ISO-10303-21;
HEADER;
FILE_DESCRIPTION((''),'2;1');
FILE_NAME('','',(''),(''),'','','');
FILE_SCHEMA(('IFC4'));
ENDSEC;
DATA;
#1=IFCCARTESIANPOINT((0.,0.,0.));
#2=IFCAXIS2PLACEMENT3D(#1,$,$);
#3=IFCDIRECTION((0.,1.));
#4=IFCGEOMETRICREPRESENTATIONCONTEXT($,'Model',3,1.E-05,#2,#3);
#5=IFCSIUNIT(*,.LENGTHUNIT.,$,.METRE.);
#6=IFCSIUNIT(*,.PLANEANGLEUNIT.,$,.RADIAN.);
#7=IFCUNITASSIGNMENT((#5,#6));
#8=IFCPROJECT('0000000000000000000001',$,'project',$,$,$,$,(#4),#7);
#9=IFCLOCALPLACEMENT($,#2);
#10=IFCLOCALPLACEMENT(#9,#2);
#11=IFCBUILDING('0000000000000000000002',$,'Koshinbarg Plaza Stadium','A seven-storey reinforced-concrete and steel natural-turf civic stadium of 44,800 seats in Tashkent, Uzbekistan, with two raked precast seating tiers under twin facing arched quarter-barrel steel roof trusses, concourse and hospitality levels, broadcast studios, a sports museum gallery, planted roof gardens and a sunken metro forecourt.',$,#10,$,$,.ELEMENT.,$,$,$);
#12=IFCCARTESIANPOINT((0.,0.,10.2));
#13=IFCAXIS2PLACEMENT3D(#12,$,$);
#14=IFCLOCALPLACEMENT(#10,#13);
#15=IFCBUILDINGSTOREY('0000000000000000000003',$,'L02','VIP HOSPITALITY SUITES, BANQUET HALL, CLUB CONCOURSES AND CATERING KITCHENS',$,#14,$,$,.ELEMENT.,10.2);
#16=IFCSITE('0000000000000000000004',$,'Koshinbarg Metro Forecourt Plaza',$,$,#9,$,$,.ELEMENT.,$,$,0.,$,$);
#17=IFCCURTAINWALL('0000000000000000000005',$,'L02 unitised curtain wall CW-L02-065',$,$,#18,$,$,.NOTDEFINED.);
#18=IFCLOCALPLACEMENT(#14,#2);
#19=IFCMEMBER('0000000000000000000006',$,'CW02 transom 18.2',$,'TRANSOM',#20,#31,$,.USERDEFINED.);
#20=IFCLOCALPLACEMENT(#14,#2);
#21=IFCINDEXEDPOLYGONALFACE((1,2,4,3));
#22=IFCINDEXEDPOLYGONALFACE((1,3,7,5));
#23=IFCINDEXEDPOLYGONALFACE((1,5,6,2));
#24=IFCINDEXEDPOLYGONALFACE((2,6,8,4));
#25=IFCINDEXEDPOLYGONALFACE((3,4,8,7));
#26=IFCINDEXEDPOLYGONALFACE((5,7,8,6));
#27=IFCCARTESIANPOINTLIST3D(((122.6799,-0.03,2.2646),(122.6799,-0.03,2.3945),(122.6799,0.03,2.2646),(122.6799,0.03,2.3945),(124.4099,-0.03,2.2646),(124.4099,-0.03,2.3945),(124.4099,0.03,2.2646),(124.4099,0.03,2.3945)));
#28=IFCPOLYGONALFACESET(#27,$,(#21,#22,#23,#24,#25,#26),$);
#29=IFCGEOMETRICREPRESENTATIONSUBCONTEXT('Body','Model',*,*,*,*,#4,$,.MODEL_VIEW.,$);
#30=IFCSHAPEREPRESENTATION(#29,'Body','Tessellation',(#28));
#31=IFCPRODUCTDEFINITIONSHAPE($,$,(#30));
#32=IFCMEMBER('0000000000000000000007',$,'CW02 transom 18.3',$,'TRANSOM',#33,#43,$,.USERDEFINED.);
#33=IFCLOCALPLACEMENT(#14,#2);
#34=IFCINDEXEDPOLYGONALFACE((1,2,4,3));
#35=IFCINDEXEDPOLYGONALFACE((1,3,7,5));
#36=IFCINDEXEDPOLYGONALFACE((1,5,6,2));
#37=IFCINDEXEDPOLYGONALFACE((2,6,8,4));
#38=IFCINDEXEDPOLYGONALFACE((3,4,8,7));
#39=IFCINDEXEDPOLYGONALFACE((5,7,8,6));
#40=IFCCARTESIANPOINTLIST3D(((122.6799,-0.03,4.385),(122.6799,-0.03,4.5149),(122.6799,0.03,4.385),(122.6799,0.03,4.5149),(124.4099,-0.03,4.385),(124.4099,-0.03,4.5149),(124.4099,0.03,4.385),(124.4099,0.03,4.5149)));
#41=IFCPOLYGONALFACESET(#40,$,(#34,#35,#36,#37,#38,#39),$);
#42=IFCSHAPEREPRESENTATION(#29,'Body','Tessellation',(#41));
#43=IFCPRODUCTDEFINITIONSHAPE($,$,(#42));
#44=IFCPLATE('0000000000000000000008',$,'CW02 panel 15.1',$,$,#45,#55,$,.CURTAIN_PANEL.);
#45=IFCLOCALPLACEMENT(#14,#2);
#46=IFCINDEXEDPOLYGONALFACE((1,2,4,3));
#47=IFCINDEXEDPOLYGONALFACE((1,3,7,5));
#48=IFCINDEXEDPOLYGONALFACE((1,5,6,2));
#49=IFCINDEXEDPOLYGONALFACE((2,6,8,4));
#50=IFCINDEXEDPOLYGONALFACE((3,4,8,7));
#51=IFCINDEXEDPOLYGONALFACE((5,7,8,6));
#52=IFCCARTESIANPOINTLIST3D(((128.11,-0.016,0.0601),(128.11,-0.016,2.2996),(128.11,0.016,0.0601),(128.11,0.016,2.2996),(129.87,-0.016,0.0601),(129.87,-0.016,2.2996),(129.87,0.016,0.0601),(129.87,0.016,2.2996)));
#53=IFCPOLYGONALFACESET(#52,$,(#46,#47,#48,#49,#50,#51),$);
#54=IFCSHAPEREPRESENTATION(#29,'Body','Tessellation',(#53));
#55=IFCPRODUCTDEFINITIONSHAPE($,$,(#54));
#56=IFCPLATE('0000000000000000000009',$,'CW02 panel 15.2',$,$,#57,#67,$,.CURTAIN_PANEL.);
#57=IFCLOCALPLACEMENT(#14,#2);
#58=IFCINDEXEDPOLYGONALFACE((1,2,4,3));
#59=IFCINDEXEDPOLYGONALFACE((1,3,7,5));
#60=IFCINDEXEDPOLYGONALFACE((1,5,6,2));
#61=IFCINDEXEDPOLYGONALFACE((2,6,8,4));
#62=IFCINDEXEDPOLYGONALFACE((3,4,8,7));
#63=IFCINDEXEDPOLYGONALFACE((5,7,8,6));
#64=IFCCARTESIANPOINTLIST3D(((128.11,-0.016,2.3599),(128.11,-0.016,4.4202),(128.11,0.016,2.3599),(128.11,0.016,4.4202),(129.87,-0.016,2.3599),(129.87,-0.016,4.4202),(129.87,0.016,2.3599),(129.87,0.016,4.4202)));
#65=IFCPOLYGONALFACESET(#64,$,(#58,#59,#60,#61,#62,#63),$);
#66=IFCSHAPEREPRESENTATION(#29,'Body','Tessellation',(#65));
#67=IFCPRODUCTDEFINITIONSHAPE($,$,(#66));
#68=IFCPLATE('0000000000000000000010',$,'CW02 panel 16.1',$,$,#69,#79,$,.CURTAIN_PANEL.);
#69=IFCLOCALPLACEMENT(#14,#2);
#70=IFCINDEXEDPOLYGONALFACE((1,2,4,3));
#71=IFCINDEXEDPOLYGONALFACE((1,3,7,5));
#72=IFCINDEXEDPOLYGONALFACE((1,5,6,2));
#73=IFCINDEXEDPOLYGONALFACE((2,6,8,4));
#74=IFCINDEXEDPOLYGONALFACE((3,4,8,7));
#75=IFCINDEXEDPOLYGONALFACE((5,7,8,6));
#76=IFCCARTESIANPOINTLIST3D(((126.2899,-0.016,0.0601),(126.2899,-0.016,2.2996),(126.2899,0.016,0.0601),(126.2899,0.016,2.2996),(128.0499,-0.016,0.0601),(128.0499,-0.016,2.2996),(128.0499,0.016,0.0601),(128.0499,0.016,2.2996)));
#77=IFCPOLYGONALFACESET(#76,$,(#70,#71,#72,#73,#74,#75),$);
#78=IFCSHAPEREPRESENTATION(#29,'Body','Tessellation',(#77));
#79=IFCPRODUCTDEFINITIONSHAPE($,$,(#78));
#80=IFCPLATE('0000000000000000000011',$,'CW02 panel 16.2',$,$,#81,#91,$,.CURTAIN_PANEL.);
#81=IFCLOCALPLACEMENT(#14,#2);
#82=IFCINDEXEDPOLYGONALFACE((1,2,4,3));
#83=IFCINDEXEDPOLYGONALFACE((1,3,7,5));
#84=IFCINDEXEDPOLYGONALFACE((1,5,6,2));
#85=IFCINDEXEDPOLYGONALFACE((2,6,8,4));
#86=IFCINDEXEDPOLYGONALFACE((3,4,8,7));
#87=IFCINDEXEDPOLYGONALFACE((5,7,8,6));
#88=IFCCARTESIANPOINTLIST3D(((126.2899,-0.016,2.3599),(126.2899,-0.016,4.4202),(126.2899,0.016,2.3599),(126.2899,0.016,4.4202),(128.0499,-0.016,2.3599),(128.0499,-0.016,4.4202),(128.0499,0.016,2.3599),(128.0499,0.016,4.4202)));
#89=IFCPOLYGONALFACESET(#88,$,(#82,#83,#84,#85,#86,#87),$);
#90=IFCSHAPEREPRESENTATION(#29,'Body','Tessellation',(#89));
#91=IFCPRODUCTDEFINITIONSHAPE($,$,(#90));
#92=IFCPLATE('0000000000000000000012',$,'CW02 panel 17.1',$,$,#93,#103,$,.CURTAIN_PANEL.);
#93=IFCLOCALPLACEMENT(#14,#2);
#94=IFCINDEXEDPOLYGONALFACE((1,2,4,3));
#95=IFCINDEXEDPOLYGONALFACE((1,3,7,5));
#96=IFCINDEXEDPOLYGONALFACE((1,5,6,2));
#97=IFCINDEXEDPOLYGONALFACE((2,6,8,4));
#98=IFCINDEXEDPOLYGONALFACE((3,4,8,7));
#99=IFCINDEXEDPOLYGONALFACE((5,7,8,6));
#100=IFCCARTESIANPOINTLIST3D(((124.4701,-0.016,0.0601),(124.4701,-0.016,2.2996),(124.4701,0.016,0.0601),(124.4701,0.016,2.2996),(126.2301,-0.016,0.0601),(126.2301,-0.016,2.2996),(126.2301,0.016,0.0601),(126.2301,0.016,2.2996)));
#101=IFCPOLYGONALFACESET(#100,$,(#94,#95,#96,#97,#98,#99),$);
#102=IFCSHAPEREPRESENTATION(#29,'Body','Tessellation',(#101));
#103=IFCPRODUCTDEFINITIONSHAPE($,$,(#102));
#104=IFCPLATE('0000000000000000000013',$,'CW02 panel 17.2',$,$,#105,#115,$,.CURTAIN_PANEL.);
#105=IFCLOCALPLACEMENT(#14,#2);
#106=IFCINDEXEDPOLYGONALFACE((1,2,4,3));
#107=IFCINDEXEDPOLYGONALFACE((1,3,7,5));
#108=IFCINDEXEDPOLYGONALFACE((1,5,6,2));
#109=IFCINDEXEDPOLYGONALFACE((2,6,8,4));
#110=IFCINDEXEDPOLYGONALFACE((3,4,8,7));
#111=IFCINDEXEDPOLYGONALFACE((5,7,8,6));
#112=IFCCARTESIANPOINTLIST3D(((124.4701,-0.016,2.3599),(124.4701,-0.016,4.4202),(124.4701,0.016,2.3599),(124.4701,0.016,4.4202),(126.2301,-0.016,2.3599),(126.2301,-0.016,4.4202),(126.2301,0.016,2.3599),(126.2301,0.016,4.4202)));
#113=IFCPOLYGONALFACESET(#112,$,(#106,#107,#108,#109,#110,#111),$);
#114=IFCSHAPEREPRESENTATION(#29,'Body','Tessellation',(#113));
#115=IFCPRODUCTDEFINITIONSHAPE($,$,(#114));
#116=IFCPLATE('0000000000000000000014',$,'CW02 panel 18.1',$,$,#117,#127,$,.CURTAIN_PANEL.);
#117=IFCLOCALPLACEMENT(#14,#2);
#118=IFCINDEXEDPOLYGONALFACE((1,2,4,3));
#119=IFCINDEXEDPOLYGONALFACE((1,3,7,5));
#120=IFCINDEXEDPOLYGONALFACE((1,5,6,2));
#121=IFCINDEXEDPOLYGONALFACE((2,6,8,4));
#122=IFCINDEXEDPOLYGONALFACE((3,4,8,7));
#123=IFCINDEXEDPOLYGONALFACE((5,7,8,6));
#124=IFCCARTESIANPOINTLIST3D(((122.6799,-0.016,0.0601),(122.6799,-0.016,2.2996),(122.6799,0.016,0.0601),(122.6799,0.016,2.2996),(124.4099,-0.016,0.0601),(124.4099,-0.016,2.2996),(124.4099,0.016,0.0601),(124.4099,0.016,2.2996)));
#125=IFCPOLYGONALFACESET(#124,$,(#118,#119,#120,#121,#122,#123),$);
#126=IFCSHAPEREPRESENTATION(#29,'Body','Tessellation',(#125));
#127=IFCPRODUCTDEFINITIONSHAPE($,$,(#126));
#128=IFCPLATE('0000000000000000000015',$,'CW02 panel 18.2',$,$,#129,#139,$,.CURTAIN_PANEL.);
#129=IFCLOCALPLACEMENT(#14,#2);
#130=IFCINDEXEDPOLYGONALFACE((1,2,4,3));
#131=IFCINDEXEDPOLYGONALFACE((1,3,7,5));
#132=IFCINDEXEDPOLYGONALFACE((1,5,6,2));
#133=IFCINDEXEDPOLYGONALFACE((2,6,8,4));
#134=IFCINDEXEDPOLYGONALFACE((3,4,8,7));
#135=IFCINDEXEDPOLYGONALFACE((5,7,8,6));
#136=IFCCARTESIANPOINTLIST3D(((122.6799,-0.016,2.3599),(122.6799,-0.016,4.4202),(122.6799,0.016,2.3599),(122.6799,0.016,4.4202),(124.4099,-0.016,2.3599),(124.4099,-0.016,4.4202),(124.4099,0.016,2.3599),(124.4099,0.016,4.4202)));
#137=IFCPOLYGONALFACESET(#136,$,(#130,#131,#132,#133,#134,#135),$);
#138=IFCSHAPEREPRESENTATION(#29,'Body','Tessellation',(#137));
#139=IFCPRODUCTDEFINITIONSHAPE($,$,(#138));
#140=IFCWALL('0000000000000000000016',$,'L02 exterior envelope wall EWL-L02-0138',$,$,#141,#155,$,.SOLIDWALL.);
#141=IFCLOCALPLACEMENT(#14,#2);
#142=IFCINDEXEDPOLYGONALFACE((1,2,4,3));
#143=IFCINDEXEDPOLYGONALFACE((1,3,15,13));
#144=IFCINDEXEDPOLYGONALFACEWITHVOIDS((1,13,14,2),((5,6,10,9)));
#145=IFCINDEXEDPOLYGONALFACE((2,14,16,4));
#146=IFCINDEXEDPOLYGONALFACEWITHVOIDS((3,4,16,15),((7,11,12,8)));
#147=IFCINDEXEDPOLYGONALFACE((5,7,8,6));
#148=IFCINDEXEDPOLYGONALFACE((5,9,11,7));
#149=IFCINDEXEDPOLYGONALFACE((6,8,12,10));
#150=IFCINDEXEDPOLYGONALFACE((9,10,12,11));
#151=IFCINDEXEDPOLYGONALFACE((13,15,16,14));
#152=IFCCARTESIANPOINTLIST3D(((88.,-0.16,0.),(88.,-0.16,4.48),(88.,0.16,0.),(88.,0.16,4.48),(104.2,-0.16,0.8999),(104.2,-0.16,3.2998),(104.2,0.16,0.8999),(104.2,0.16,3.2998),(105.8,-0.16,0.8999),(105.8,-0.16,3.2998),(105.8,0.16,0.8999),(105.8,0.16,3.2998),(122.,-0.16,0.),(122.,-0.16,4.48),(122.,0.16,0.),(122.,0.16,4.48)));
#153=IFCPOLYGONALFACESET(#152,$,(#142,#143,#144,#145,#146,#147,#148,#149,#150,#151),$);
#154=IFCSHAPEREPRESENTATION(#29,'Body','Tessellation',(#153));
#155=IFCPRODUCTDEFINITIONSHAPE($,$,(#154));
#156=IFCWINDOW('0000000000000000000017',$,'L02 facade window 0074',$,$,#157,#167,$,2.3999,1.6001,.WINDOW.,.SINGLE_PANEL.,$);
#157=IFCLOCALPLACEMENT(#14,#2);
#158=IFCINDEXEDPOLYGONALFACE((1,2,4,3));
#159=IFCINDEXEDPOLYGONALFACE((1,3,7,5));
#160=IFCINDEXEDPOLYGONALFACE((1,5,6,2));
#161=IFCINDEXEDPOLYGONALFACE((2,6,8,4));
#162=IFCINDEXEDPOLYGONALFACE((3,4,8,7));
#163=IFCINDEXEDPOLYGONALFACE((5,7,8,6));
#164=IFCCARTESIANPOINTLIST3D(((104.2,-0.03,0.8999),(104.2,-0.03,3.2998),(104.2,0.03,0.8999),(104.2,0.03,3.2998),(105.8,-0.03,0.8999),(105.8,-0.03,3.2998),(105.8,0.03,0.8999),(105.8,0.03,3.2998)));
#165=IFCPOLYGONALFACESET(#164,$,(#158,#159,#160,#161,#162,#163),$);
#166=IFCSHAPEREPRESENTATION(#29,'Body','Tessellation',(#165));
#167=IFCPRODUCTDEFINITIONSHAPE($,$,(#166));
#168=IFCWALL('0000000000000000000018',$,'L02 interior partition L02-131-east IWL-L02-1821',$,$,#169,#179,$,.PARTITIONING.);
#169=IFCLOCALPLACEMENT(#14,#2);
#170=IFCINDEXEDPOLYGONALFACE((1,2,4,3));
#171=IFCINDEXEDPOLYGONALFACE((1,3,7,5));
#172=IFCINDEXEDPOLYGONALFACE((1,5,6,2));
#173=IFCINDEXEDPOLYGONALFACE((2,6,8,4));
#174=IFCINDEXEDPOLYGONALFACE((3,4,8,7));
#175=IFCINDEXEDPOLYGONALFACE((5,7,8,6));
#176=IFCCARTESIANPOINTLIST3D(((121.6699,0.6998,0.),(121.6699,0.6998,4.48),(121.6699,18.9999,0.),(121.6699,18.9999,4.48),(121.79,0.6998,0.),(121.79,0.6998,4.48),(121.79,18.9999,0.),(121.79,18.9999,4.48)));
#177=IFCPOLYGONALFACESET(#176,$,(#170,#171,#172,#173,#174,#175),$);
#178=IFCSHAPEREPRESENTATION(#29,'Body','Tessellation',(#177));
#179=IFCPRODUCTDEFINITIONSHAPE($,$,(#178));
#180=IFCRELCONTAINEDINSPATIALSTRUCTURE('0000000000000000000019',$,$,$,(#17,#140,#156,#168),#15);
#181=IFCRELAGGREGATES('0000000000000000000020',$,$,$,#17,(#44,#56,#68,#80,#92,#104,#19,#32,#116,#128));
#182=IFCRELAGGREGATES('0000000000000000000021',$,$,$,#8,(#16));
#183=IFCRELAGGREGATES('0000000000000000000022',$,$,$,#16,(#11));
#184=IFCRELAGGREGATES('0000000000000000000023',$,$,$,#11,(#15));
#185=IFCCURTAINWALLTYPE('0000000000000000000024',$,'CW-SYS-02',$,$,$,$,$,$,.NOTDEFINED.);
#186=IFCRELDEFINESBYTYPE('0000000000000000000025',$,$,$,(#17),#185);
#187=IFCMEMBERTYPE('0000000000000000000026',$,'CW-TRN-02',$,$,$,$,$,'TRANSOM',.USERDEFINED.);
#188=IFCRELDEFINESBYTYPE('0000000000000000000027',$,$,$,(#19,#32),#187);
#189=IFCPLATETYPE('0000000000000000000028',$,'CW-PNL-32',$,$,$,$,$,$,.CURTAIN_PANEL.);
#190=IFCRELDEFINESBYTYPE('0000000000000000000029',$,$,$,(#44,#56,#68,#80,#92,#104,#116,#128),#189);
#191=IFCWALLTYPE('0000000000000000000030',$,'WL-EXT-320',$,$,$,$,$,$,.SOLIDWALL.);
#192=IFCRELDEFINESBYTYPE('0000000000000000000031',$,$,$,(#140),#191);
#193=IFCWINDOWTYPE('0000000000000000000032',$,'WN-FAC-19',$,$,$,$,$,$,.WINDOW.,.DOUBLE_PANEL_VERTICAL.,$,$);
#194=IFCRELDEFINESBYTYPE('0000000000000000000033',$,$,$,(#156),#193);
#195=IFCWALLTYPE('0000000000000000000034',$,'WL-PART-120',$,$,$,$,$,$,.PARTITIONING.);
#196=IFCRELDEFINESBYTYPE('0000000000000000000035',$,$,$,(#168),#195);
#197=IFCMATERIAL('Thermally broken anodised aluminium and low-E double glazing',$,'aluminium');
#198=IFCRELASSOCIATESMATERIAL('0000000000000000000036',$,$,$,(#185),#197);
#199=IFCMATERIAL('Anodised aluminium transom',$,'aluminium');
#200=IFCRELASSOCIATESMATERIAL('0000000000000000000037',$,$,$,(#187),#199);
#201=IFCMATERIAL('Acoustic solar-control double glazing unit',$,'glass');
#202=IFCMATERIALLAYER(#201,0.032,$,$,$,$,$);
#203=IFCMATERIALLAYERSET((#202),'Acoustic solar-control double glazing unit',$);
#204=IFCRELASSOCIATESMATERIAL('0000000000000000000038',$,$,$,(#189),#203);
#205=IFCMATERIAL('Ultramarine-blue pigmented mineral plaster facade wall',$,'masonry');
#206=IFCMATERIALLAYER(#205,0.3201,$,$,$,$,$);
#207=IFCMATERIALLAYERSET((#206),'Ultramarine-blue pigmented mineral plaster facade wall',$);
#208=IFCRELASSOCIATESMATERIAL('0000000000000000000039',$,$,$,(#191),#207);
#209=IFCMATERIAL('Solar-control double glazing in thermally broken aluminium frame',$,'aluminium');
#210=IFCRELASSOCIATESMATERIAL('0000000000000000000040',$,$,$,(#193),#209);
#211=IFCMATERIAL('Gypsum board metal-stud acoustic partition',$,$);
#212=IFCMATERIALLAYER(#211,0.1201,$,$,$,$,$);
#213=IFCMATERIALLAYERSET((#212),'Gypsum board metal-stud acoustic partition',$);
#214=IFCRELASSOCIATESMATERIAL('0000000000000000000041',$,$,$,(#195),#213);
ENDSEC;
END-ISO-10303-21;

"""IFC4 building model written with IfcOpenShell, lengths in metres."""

from ifc_helpers import new_model, si_unit, direction, frame, frame_2d, origin, origin_2d, place, context, subcontext, project, spatial, rectangle, extrude, material, layer, layer_set, material_profile, profile_set, type_object, element, fill, aggregate, save


model = new_model("IFC4")

# Units and contexts
model_context = context("Model", 3, precision=1e-05, world=origin(), true_north=direction((0.0, 1.0)))
body_context = subcontext(model_context, "Body", "Model", "MODEL_VIEW")
ifc_project = project(units=[si_unit("LENGTHUNIT", "METRE"), si_unit("PLANEANGLEUNIT", "RADIAN")], contexts=[model_context])

# Site, building, storey
site_placement = place(None, origin())
site = spatial("IfcSite", under=ifc_project, at=site_placement, Name="Koshinbarg Metro Forecourt Plaza", CompositionType="ELEMENT", RefElevation=0.0)
building_placement = place(site_placement, origin())
building = spatial("IfcBuilding", under=site, at=building_placement, Name="Koshinbarg Plaza Stadium", Description="A seven-storey reinforced-concrete and steel natural-turf civic stadium of 44,800 seats in Tashkent, Uzbekistan, with two raked precast seating tiers under twin facing arched quarter-barrel steel roof trusses, concourse and hospitality levels, broadcast studios, a sports museum gallery, planted roof gardens and a sunken metro forecourt.", CompositionType="ELEMENT")
storey_placement = place(building_placement, frame((0.0, 0.0, 10.2)))
storey = spatial("IfcBuildingStorey", under=building, at=storey_placement, Name="L02", Description="VIP HOSPITALITY SUITES, BANQUET HALL, CLUB CONCOURSES AND CATERING KITCHENS", CompositionType="ELEMENT", Elevation=10.2)

# Curtain wall, members, plates
ifc_material_1 = material(Name="Thermally broken anodised aluminium and low-E double glazing", Category="aluminium")
curtain_wall_type = type_object("IfcCurtainWallType", Name="CW-SYS-02", PredefinedType="NOTDEFINED", material=ifc_material_1)
curtain_wall_placement = place(storey_placement, origin())
curtain_wall = element("IfcCurtainWall", 1, at=curtain_wall_placement, inside=storey, type_object=curtain_wall_type, Name="L02 unitised curtain wall CW-L02-065", PredefinedType="NOTDEFINED")
ifc_material_2 = material(Name="Anodised aluminium transom", Category="aluminium")
ifc_material_profile_1 = material_profile(ifc_material_2, rectangle(XDim=0.0601, YDim=0.1299, at=origin_2d()), Name="ALU 60x130")
ifc_profile_set_1 = profile_set([ifc_material_profile_1], Name="Anodised aluminium transom")
member_type_1 = type_object("IfcMemberType", Name="CW-TRN-02", ElementType="TRANSOM", PredefinedType="USERDEFINED", material=ifc_profile_set_1)
member_1_placement = place(storey_placement, frame((124.4099, 0.0, 2.3296), z_axis=(-1.0, 0.0, 0.0), x_axis=(0.0, -1.0, 0.0)))
member_1 = element("IfcMember", 2, at=member_1_placement, type_object=member_type_1, Name="CW02 transom 18.2", ObjectType="TRANSOM", PredefinedType="USERDEFINED", context=body_context, shape_type="SweptSolid", body=[
    extrude(rectangle(XDim=0.0601, YDim=0.1299, at=origin_2d()), origin(), (0.0, 0.0, 1.0), 1.73),
])
member_2_placement = place(storey_placement, frame((124.4099, 0.0, 4.45), z_axis=(-1.0, 0.0, 0.0), x_axis=(0.0, -1.0, 0.0)))
member_2 = element("IfcMember", 3, at=member_2_placement, type_object=member_type_1, Name="CW02 transom 18.3", ObjectType="TRANSOM", PredefinedType="USERDEFINED", context=body_context, shape_type="SweptSolid", body=[
    extrude(rectangle(XDim=0.0601, YDim=0.1299, at=origin_2d()), origin(), (0.0, 0.0, 1.0), 1.73),
])
ifc_material_3 = material(Name="Acoustic solar-control double glazing unit", Category="glass")
ifc_layer_1 = layer(ifc_material_3, 0.032)
ifc_layer_set_1 = layer_set([ifc_layer_1], Name="Acoustic solar-control double glazing unit")
plate_type = type_object("IfcPlateType", Name="CW-PNL-32", PredefinedType="CURTAIN_PANEL", material=ifc_layer_set_1)
plate_1_placement = place(storey_placement, frame((128.99, 0.0, 0.0601), z_axis=(0.0, 0.0, 1.0), x_axis=(-1.0, 0.0, 0.0)))
plate_1 = element("IfcPlate", 4, at=plate_1_placement, type_object=plate_type, Name="CW02 panel 15.1", PredefinedType="CURTAIN_PANEL", context=body_context, shape_type="SweptSolid", body=[
    extrude(rectangle(XDim=1.76, YDim=0.032, at=origin_2d()), origin(), (0.0, 0.0, 1.0), 2.2395),
])
plate_2_placement = place(storey_placement, frame((128.99, 0.0, 2.3599), z_axis=(0.0, 0.0, 1.0), x_axis=(-1.0, 0.0, 0.0)))
plate_2 = element("IfcPlate", 5, at=plate_2_placement, type_object=plate_type, Name="CW02 panel 15.2", PredefinedType="CURTAIN_PANEL", context=body_context, shape_type="SweptSolid", body=[
    extrude(rectangle(XDim=1.76, YDim=0.032, at=origin_2d()), origin(), (0.0, 0.0, 1.0), 2.0603),
])
plate_3_placement = place(storey_placement, frame((127.1699, 0.0, 0.0601), z_axis=(0.0, 0.0, 1.0), x_axis=(-1.0, 0.0, 0.0)))
plate_3 = element("IfcPlate", 6, at=plate_3_placement, type_object=plate_type, Name="CW02 panel 16.1", PredefinedType="CURTAIN_PANEL", context=body_context, shape_type="SweptSolid", body=[
    extrude(rectangle(XDim=1.76, YDim=0.032, at=origin_2d()), origin(), (0.0, 0.0, 1.0), 2.2395),
])
plate_4_placement = place(storey_placement, frame((127.1699, 0.0, 2.3599), z_axis=(0.0, 0.0, 1.0), x_axis=(-1.0, 0.0, 0.0)))
plate_4 = element("IfcPlate", 7, at=plate_4_placement, type_object=plate_type, Name="CW02 panel 16.2", PredefinedType="CURTAIN_PANEL", context=body_context, shape_type="SweptSolid", body=[
    extrude(rectangle(XDim=1.76, YDim=0.032, at=origin_2d()), origin(), (0.0, 0.0, 1.0), 2.0603),
])
plate_5_placement = place(storey_placement, frame((125.3501, 0.0, 0.0601), z_axis=(0.0, 0.0, 1.0), x_axis=(-1.0, 0.0, 0.0)))
plate_5 = element("IfcPlate", 8, at=plate_5_placement, type_object=plate_type, Name="CW02 panel 17.1", PredefinedType="CURTAIN_PANEL", context=body_context, shape_type="SweptSolid", body=[
    extrude(rectangle(XDim=1.76, YDim=0.032, at=origin_2d()), origin(), (0.0, 0.0, 1.0), 2.2395),
])
plate_6_placement = place(storey_placement, frame((125.3501, 0.0, 2.3599), z_axis=(0.0, 0.0, 1.0), x_axis=(-1.0, 0.0, 0.0)))
plate_6 = element("IfcPlate", 9, at=plate_6_placement, type_object=plate_type, Name="CW02 panel 17.2", PredefinedType="CURTAIN_PANEL", context=body_context, shape_type="SweptSolid", body=[
    extrude(rectangle(XDim=1.76, YDim=0.032, at=origin_2d()), origin(), (0.0, 0.0, 1.0), 2.0603),
])
plate_7_placement = place(storey_placement, frame((123.5449, 0.0, 0.0601), z_axis=(0.0, 0.0, 1.0), x_axis=(-1.0, 0.0, 0.0)))
plate_7 = element("IfcPlate", 10, at=plate_7_placement, type_object=plate_type, Name="CW02 panel 18.1", PredefinedType="CURTAIN_PANEL", context=body_context, shape_type="SweptSolid", body=[
    extrude(rectangle(XDim=1.73, YDim=0.032, at=origin_2d()), origin(), (0.0, 0.0, 1.0), 2.2395),
])
plate_8_placement = place(storey_placement, frame((123.5449, 0.0, 2.3599), z_axis=(0.0, 0.0, 1.0), x_axis=(-1.0, 0.0, 0.0)))
plate_8 = element("IfcPlate", 11, at=plate_8_placement, type_object=plate_type, Name="CW02 panel 18.2", PredefinedType="CURTAIN_PANEL", context=body_context, shape_type="SweptSolid", body=[
    extrude(rectangle(XDim=1.73, YDim=0.032, at=origin_2d()), origin(), (0.0, 0.0, 1.0), 2.0603),
])
aggregate(curtain_wall, [plate_1, plate_2, plate_3, plate_4, plate_5, plate_6, member_1, member_2, plate_7, plate_8])

# Wall, opening, window
ifc_material_4 = material(Name="Ultramarine-blue pigmented mineral plaster facade wall", Category="masonry")
ifc_layer_2 = layer(ifc_material_4, 0.3201)
ifc_layer_set_2 = layer_set([ifc_layer_2], Name="Ultramarine-blue pigmented mineral plaster facade wall")
wall_type_1 = type_object("IfcWallType", Name="WL-EXT-320", PredefinedType="SOLIDWALL", material=ifc_layer_set_2)
wall_1_placement = place(storey_placement, frame((122.0, 0.0, 0.0), z_axis=(0.0, 0.0, 1.0), x_axis=(-1.0, 0.0, 0.0)))
wall_1 = element("IfcWall", 12, at=wall_1_placement, inside=storey, type_object=wall_type_1, Name="L02 exterior envelope wall EWL-L02-0138", PredefinedType="SOLIDWALL", context=body_context, shape_type="SweptSolid", body=[
    extrude(rectangle(XDim=34.0, YDim=0.3201, at=frame_2d((17.0, 0.0))), origin(), (0.0, 0.0, 1.0), 4.48),
])
opening_1_placement = place(wall_1_placement, frame((16.2, 0.0, 0.8999)))
opening_1 = element("IfcOpeningElement", 13, at=opening_1_placement, cuts=wall_1, PredefinedType="OPENING", context=body_context, shape_type="SweptSolid", body=[
    extrude(rectangle(XDim=1.6001, YDim=2.3999, at=frame_2d((0.8, 1.2))), frame((0.0, 0.1699, 0.0), z_axis=(0.0, -1.0, 0.0), x_axis=(1.0, 0.0, 0.0)), (0.0, 0.0, 1.0), 0.3401),
])
ifc_material_5 = material(Name="Solar-control double glazing in thermally broken aluminium frame", Category="aluminium")
window_type = type_object("IfcWindowType", Name="WN-FAC-19", PartitioningType="DOUBLE_PANEL_VERTICAL", PredefinedType="WINDOW", material=ifc_material_5)
window_placement = place(opening_1_placement, origin())
window = element("IfcWindow", 14, at=window_placement, inside=storey, type_object=window_type, Name="L02 facade window 0074", OverallHeight=2.3999, OverallWidth=1.6001, PartitioningType="SINGLE_PANEL", PredefinedType="WINDOW", context=body_context, shape_type="SweptSolid", body=[
    extrude(rectangle(XDim=1.6001, YDim=2.3999, at=frame_2d((0.8, 1.2))), frame((0.0, 0.03, 0.0), z_axis=(0.0, -1.0, 0.0), x_axis=(1.0, 0.0, 0.0)), (0.0, 0.0, 1.0), 0.0601),
])
fill(opening_1, window)

# Wall
ifc_material_6 = material(Name="Gypsum board metal-stud acoustic partition")
ifc_layer_3 = layer(ifc_material_6, 0.1201)
ifc_layer_set_3 = layer_set([ifc_layer_3], Name="Gypsum board metal-stud acoustic partition")
wall_type_2 = type_object("IfcWallType", Name="WL-PART-120", PredefinedType="PARTITIONING", material=ifc_layer_set_3)
wall_2_placement = place(storey_placement, frame((121.73, 0.7, 0.0), z_axis=(0.0, 0.0, 1.0), x_axis=(0.0, 1.0, 0.0)))
element("IfcWall", 15, at=wall_2_placement, inside=storey, type_object=wall_type_2, Name="L02 interior partition L02-131-east IWL-L02-1821", PredefinedType="PARTITIONING", context=body_context, shape_type="SweptSolid", body=[
    extrude(rectangle(XDim=18.3, YDim=0.1201, at=frame_2d((9.1499, 0.0))), origin(), (0.0, 0.0, 1.0), 4.48),
])

save(model, "model.ifc")
